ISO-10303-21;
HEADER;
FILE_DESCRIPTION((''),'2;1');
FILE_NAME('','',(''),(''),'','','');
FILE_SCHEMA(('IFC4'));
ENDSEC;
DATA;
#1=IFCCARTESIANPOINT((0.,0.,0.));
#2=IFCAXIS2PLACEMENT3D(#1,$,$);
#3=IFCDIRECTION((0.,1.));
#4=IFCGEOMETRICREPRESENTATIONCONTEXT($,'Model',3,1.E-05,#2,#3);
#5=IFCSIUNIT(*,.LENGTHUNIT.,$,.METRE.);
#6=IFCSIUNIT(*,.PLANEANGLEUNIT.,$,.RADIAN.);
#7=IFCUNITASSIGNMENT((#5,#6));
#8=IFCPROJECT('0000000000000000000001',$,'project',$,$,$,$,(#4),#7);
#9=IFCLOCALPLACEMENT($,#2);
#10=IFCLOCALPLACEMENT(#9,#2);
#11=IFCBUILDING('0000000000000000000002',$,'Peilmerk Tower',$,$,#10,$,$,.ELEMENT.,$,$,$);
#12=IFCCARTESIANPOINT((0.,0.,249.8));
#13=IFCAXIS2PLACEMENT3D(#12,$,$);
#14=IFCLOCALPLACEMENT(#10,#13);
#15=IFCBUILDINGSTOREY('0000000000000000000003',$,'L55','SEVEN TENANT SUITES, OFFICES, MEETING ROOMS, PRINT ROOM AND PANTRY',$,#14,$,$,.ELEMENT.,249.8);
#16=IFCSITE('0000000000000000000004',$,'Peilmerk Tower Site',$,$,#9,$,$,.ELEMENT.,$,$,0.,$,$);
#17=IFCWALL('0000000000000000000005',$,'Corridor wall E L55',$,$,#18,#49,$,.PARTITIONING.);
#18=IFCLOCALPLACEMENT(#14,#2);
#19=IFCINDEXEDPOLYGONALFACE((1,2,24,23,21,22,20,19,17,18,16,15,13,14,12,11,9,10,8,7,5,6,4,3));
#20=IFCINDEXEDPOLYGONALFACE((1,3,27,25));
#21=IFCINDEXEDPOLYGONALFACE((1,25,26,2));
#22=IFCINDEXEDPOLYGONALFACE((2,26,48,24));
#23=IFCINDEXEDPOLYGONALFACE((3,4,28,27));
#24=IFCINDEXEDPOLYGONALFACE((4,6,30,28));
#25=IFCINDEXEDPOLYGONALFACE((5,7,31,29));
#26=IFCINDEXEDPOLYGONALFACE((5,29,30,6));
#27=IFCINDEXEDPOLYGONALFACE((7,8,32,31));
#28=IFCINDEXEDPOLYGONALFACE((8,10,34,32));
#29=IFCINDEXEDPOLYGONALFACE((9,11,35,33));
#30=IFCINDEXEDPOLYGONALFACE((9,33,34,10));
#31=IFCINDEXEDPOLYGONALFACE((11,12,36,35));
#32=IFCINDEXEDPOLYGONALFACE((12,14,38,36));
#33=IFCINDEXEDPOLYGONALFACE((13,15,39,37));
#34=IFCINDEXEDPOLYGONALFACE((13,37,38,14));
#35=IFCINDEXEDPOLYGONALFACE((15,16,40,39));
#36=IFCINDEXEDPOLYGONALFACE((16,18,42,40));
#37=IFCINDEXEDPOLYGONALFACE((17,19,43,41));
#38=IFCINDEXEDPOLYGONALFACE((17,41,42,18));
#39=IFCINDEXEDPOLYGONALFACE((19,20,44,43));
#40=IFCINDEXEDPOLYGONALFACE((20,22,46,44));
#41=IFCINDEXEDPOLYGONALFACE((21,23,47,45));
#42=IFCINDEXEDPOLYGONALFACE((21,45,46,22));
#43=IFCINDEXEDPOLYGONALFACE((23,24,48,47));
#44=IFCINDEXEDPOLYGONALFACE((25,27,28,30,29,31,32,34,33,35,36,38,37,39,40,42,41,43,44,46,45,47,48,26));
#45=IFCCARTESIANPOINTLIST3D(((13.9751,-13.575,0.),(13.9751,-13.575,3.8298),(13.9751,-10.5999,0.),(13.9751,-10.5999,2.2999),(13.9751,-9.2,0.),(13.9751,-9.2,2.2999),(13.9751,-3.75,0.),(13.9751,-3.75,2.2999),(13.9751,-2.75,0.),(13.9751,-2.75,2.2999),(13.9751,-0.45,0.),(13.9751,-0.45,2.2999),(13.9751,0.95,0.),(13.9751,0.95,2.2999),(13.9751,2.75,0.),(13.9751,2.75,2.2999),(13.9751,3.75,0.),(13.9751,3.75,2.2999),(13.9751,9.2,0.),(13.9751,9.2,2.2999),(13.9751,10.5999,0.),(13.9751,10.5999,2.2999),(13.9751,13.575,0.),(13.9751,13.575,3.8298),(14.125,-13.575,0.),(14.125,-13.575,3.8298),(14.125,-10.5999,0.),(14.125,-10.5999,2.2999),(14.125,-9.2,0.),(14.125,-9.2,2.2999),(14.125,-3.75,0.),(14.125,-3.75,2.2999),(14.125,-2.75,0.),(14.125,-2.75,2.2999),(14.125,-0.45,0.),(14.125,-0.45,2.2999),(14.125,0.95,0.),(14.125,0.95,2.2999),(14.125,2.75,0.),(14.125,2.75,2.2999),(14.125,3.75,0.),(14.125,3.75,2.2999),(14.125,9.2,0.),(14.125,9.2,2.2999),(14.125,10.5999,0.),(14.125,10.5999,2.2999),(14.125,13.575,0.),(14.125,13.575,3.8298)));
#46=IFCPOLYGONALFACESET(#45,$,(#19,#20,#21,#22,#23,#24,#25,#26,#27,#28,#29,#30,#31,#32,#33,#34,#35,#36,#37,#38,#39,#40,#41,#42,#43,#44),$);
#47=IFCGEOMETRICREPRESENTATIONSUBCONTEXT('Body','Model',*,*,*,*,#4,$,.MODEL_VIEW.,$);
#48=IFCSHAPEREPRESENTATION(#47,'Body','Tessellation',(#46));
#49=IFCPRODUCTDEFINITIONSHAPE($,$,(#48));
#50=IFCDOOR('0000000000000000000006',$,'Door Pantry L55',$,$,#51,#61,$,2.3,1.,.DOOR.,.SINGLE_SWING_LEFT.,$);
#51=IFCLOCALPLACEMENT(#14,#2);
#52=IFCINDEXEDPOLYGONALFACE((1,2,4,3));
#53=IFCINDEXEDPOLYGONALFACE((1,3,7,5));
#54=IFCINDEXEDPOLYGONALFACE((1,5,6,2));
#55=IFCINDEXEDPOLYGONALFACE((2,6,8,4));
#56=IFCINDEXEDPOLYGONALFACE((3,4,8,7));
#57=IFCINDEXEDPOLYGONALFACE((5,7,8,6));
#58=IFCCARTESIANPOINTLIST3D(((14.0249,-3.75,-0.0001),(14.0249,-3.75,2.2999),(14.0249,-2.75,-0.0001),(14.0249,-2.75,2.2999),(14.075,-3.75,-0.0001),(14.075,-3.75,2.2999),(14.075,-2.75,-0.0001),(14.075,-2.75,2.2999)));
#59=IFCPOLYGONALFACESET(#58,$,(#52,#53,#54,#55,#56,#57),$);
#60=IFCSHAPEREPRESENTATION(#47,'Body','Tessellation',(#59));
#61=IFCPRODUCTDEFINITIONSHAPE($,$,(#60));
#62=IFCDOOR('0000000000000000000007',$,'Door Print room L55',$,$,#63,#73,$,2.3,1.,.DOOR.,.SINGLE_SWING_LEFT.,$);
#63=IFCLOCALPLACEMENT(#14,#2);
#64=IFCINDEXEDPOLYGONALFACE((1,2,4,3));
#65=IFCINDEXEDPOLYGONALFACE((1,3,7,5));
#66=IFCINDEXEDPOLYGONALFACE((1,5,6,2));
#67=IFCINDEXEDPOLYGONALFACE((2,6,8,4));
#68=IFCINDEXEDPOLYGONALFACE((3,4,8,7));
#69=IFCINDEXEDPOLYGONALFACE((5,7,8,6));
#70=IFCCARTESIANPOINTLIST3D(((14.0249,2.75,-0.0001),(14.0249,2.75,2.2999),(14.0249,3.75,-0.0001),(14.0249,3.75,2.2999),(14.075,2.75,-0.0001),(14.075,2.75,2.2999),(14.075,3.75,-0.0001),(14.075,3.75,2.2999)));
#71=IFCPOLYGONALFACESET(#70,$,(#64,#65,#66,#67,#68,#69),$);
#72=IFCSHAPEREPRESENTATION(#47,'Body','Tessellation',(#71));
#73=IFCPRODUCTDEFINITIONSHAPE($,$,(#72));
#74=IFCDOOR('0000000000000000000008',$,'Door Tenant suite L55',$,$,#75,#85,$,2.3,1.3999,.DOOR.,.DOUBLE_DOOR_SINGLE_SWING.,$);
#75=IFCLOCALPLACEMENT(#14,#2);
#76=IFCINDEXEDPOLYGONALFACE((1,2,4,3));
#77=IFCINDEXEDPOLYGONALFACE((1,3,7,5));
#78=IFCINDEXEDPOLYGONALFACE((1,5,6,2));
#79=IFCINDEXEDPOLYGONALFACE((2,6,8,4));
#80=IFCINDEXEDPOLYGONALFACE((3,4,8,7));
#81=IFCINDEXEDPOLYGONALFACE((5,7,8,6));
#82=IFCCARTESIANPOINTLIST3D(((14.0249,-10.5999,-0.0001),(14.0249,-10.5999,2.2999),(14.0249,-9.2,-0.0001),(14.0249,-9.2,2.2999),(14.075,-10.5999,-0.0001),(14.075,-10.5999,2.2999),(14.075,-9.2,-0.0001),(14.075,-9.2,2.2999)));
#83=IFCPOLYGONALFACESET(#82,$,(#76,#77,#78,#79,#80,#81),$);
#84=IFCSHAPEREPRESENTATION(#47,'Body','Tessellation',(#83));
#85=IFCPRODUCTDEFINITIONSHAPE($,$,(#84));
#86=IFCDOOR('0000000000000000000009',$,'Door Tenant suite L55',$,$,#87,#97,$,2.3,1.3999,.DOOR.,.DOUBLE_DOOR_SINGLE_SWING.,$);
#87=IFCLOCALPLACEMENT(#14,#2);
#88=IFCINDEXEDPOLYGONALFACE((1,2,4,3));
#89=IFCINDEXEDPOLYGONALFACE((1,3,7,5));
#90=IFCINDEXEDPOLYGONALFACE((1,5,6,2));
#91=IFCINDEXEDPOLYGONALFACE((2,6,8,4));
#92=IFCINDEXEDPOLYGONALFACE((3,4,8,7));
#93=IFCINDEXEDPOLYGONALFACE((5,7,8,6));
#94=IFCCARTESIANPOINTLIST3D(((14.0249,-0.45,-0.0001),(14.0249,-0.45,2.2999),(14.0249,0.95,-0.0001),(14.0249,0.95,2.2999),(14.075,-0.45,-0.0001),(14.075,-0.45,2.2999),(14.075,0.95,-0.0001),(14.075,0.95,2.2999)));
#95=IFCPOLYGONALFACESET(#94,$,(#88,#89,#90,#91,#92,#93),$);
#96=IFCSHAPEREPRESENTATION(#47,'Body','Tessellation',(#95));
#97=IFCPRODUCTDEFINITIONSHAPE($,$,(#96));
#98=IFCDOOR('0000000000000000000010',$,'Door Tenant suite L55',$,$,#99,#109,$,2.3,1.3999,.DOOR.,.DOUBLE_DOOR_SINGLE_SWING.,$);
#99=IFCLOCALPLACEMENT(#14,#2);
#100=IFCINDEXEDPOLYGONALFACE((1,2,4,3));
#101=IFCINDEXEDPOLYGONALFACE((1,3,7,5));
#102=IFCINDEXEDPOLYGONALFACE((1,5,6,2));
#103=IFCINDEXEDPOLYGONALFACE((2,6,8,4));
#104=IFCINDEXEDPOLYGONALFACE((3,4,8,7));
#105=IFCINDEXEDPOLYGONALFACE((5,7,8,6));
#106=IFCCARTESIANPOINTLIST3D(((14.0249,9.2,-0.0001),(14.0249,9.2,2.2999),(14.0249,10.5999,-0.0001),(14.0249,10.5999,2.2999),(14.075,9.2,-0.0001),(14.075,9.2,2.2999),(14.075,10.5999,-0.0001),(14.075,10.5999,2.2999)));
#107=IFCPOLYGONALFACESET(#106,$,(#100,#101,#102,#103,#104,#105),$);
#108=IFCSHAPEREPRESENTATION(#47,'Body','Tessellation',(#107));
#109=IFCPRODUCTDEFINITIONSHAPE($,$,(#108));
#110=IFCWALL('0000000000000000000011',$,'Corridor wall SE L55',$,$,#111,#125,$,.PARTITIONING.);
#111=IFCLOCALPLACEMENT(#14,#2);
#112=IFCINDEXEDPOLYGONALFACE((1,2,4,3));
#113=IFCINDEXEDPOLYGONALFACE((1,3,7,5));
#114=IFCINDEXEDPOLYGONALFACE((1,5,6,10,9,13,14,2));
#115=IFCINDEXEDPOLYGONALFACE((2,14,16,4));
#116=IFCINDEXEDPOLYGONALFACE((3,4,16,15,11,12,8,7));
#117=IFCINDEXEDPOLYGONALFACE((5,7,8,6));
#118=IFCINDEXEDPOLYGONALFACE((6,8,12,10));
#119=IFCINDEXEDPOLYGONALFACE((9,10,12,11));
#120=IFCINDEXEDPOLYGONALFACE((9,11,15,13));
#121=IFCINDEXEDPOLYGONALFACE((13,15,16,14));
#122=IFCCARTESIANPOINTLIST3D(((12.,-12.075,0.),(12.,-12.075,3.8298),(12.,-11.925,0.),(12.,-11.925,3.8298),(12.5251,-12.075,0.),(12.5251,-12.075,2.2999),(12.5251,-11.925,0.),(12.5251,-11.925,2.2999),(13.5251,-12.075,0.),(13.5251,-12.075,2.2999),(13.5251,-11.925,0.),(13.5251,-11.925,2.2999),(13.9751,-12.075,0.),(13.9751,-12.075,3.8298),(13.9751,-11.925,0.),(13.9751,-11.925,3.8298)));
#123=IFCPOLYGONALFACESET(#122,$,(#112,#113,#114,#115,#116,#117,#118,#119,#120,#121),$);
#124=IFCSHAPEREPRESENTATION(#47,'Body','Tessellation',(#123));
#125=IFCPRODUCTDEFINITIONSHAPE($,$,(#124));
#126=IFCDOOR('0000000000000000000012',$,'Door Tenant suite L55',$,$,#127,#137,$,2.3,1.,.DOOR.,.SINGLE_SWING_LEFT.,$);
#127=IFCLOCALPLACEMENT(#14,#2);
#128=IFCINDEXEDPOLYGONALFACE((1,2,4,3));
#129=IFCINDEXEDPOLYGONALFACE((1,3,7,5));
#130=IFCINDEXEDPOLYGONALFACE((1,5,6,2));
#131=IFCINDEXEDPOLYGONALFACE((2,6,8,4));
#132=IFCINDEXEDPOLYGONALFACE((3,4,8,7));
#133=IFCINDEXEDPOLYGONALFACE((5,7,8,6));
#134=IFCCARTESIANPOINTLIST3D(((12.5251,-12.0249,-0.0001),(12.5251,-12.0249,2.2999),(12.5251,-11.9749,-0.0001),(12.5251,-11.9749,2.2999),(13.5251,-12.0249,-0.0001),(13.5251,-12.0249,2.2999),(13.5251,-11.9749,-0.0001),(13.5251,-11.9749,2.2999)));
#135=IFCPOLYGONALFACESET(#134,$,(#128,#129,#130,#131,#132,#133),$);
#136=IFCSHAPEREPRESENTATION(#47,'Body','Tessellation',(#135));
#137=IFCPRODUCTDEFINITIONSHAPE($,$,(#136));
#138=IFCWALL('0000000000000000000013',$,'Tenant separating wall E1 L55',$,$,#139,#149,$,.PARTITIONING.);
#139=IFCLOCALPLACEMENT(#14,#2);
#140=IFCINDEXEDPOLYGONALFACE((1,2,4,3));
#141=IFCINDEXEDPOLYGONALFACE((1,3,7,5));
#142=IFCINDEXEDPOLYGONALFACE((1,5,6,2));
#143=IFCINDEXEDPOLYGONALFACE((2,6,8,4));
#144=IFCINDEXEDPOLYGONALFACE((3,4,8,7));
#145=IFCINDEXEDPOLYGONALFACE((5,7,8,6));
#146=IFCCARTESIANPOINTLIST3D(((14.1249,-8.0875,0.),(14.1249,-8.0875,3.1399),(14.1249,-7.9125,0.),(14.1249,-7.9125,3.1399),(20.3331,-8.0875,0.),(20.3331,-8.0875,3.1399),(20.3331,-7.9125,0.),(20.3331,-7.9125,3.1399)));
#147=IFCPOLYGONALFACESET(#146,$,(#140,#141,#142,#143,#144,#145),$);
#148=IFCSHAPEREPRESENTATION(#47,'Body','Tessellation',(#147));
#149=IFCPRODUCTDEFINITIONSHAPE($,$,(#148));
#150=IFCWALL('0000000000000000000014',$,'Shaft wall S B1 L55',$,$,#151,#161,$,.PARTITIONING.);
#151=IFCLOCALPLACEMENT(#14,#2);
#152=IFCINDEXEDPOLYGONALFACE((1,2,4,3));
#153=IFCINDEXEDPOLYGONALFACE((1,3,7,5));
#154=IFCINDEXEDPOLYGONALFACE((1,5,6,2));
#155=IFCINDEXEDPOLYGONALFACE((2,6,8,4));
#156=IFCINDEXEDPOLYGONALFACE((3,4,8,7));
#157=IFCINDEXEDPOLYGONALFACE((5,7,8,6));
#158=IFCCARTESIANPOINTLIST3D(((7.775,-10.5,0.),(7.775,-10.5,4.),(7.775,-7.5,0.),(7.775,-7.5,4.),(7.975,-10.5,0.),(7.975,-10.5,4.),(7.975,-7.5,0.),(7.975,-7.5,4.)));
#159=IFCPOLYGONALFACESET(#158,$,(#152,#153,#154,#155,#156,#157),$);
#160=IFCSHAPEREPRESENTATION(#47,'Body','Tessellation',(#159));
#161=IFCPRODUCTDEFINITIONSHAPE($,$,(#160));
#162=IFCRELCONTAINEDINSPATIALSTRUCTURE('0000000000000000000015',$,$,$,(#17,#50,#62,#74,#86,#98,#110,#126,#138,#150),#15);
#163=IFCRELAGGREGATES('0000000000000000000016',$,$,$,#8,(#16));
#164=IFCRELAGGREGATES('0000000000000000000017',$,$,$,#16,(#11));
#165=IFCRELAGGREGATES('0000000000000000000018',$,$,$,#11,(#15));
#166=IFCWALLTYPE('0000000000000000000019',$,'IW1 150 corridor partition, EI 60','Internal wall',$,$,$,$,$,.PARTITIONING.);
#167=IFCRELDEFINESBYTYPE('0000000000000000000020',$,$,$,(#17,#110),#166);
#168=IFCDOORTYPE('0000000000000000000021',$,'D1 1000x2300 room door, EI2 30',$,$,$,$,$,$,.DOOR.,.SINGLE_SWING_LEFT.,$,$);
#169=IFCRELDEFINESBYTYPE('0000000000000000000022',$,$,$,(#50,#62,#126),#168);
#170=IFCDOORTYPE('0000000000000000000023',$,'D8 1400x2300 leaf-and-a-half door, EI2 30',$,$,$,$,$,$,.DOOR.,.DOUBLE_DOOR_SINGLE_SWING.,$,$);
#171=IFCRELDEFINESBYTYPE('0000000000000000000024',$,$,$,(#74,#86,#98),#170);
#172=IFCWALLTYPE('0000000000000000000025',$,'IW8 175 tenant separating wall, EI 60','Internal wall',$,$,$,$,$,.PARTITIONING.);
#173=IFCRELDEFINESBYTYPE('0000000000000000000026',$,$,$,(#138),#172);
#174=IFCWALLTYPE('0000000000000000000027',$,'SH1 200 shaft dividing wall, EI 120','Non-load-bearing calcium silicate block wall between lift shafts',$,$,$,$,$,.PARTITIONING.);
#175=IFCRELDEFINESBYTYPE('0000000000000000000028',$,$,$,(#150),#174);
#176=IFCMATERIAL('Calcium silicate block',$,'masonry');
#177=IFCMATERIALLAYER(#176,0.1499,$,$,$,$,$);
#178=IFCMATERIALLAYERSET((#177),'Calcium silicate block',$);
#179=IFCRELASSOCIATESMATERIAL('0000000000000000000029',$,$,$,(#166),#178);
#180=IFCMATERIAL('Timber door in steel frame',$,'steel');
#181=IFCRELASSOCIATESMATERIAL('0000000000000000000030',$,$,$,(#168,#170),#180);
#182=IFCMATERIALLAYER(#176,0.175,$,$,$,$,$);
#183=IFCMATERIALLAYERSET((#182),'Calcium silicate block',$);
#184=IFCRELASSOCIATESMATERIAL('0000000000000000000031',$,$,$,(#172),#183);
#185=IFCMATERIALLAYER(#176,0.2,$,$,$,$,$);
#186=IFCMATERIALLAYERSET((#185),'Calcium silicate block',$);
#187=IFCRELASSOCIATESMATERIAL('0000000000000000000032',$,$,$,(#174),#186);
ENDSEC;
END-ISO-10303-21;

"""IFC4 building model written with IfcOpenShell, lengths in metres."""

from ifc_helpers import new_model, si_unit, direction, frame, frame_2d, origin, place, context, subcontext, project, spatial, rectangle, extrude, material, layer, layer_set, type_object, element, fill, save


model = new_model("IFC4")

# Units and contexts
model_context = context("Model", 3, precision=1e-05, world=origin(), true_north=direction((0.0, 1.0)))
body_context = subcontext(model_context, "Body", "Model", "MODEL_VIEW")
ifc_project = project(units=[si_unit("LENGTHUNIT", "METRE"), si_unit("PLANEANGLEUNIT", "RADIAN")], contexts=[model_context])

# Site, building, storey
site_placement = place(None, origin())
site = spatial("IfcSite", under=ifc_project, at=site_placement, Name="Peilmerk Tower Site", CompositionType="ELEMENT", RefElevation=0.0)
building_placement = place(site_placement, origin())
building = spatial("IfcBuilding", under=site, at=building_placement, Name="Peilmerk Tower", CompositionType="ELEMENT")
storey_placement = place(building_placement, frame((0.0, 0.0, 249.8)))
storey = spatial("IfcBuildingStorey", under=building, at=storey_placement, Name="L55", Description="SEVEN TENANT SUITES, OFFICES, MEETING ROOMS, PRINT ROOM AND PANTRY", CompositionType="ELEMENT", Elevation=249.8)

# Wall, openings, doors
ifc_material_1 = material(Name="Calcium silicate block", Category="masonry")
ifc_layer_1 = layer(ifc_material_1, 0.1499)
ifc_layer_set_1 = layer_set([ifc_layer_1], Name="Calcium silicate block")
wall_type_1 = type_object("IfcWallType", Name="IW1 150 corridor partition, EI 60", Description="Internal wall", PredefinedType="PARTITIONING", material=ifc_layer_set_1)
wall_1_placement = place(storey_placement, frame((14.05, -13.575, 0.0), z_axis=(0.0, 0.0, 1.0), x_axis=(0.0, 1.0, 0.0)))
wall_1 = element("IfcWall", 1, at=wall_1_placement, inside=storey, type_object=wall_type_1, Name="Corridor wall E L55", PredefinedType="PARTITIONING", context=body_context, shape_type="SweptSolid", body=[
    extrude(rectangle(XDim=27.1499, YDim=0.1499, at=frame_2d((13.575, 0.0))), origin(), (0.0, 0.0, 1.0), 3.8298),
])
opening_1_placement = place(wall_1_placement, frame((2.9751, 0.0, 0.0)))
opening_1 = element("IfcOpeningElement", 2, at=opening_1_placement, cuts=wall_1, PredefinedType="OPENING", context=body_context, shape_type="SweptSolid", body=[
    extrude(rectangle(XDim=1.3999, YDim=2.3, at=frame_2d((0.7, 1.1499))), frame((0.0, 0.085, 0.0), z_axis=(0.0, -1.0, 0.0), x_axis=(1.0, 0.0, 0.0)), (0.0, 0.0, 1.0), 0.1699),
])
opening_2_placement = place(wall_1_placement, frame((13.125, 0.0, 0.0)))
opening_2 = element("IfcOpeningElement", 3, at=opening_2_placement, cuts=wall_1, PredefinedType="OPENING", context=body_context, shape_type="SweptSolid", body=[
    extrude(rectangle(XDim=1.3999, YDim=2.3, at=frame_2d((0.7, 1.1499))), frame((0.0, 0.085, 0.0), z_axis=(0.0, -1.0, 0.0), x_axis=(1.0, 0.0, 0.0)), (0.0, 0.0, 1.0), 0.1699),
])
opening_3_placement = place(wall_1_placement, frame((22.7749, 0.0, 0.0)))
opening_3 = element("IfcOpeningElement", 4, at=opening_3_placement, cuts=wall_1, PredefinedType="OPENING", context=body_context, shape_type="SweptSolid", body=[
    extrude(rectangle(XDim=1.3999, YDim=2.3, at=frame_2d((0.7, 1.1499))), frame((0.0, 0.085, 0.0), z_axis=(0.0, -1.0, 0.0), x_axis=(1.0, 0.0, 0.0)), (0.0, 0.0, 1.0), 0.1699),
])
opening_4_placement = place(wall_1_placement, frame((9.825, 0.0, 0.0)))
opening_4 = element("IfcOpeningElement", 5, at=opening_4_placement, cuts=wall_1, PredefinedType="OPENING", context=body_context, shape_type="SweptSolid", body=[
    extrude(rectangle(XDim=1.0, YDim=2.3, at=frame_2d((0.5, 1.1499))), frame((0.0, 0.085, 0.0), z_axis=(0.0, -1.0, 0.0), x_axis=(1.0, 0.0, 0.0)), (0.0, 0.0, 1.0), 0.1699),
])
opening_5_placement = place(wall_1_placement, frame((16.325, 0.0, 0.0)))
opening_5 = element("IfcOpeningElement", 6, at=opening_5_placement, cuts=wall_1, PredefinedType="OPENING", context=body_context, shape_type="SweptSolid", body=[
    extrude(rectangle(XDim=1.0, YDim=2.3, at=frame_2d((0.5, 1.1499))), frame((0.0, 0.085, 0.0), z_axis=(0.0, -1.0, 0.0), x_axis=(1.0, 0.0, 0.0)), (0.0, 0.0, 1.0), 0.1699),
])
ifc_material_2 = material(Name="Timber door in steel frame", Category="steel")
door_type_1 = type_object("IfcDoorType", Name="D1 1000x2300 room door, EI2 30", OperationType="SINGLE_SWING_LEFT", PredefinedType="DOOR", material=ifc_material_2)
door_1_placement = place(opening_4_placement, frame((1.0, 0.0, 0.0), z_axis=(0.0, 0.0, 1.0), x_axis=(-1.0, 0.0, 0.0)))
door_1 = element("IfcDoor", 7, at=door_1_placement, inside=storey, type_object=door_type_1, Name="Door Pantry L55", OperationType="SINGLE_SWING_LEFT", OverallHeight=2.3, OverallWidth=1.0, PredefinedType="DOOR", context=body_context, shape_type="SweptSolid", body=[
    extrude(rectangle(XDim=1.0, YDim=2.3, at=frame_2d((0.5, 1.1499))), frame((0.0, 0.0249, 0.0), z_axis=(0.0, -1.0, 0.0), x_axis=(1.0, 0.0, 0.0)), (0.0, 0.0, 1.0), 0.05),
])
fill(opening_4, door_1)
door_2_placement = place(opening_5_placement, frame((1.0, 0.0, 0.0), z_axis=(0.0, 0.0, 1.0), x_axis=(-1.0, 0.0, 0.0)))
door_2 = element("IfcDoor", 8, at=door_2_placement, inside=storey, type_object=door_type_1, Name="Door Print room L55", OperationType="SINGLE_SWING_LEFT", OverallHeight=2.3, OverallWidth=1.0, PredefinedType="DOOR", context=body_context, shape_type="SweptSolid", body=[
    extrude(rectangle(XDim=1.0, YDim=2.3, at=frame_2d((0.5, 1.1499))), frame((0.0, 0.0249, 0.0), z_axis=(0.0, -1.0, 0.0), x_axis=(1.0, 0.0, 0.0)), (0.0, 0.0, 1.0), 0.05),
])
fill(opening_5, door_2)
door_type_2 = type_object("IfcDoorType", Name="D8 1400x2300 leaf-and-a-half door, EI2 30", OperationType="DOUBLE_DOOR_SINGLE_SWING", PredefinedType="DOOR", material=ifc_material_2)
door_3_placement = place(opening_1_placement, frame((1.3999, 0.0, 0.0), z_axis=(0.0, 0.0, 1.0), x_axis=(-1.0, 0.0, 0.0)))
door_3 = element("IfcDoor", 9, at=door_3_placement, inside=storey, type_object=door_type_2, Name="Door Tenant suite L55", OperationType="DOUBLE_DOOR_SINGLE_SWING", OverallHeight=2.3, OverallWidth=1.3999, PredefinedType="DOOR", context=body_context, shape_type="SweptSolid", body=[
    extrude(rectangle(XDim=1.3999, YDim=2.3, at=frame_2d((0.7, 1.1499))), frame((0.0, 0.0249, 0.0), z_axis=(0.0, -1.0, 0.0), x_axis=(1.0, 0.0, 0.0)), (0.0, 0.0, 1.0), 0.05),
])
fill(opening_1, door_3)
door_4_placement = place(opening_2_placement, frame((1.3999, 0.0, 0.0), z_axis=(0.0, 0.0, 1.0), x_axis=(-1.0, 0.0, 0.0)))
door_4 = element("IfcDoor", 10, at=door_4_placement, inside=storey, type_object=door_type_2, Name="Door Tenant suite L55", OperationType="DOUBLE_DOOR_SINGLE_SWING", OverallHeight=2.3, OverallWidth=1.3999, PredefinedType="DOOR", context=body_context, shape_type="SweptSolid", body=[
    extrude(rectangle(XDim=1.3999, YDim=2.3, at=frame_2d((0.7, 1.1499))), frame((0.0, 0.0249, 0.0), z_axis=(0.0, -1.0, 0.0), x_axis=(1.0, 0.0, 0.0)), (0.0, 0.0, 1.0), 0.05),
])
fill(opening_2, door_4)
door_5_placement = place(opening_3_placement, frame((1.3999, 0.0, 0.0), z_axis=(0.0, 0.0, 1.0), x_axis=(-1.0, 0.0, 0.0)))
door_5 = element("IfcDoor", 11, at=door_5_placement, inside=storey, type_object=door_type_2, Name="Door Tenant suite L55", OperationType="DOUBLE_DOOR_SINGLE_SWING", OverallHeight=2.3, OverallWidth=1.3999, PredefinedType="DOOR", context=body_context, shape_type="SweptSolid", body=[
    extrude(rectangle(XDim=1.3999, YDim=2.3, at=frame_2d((0.7, 1.1499))), frame((0.0, 0.0249, 0.0), z_axis=(0.0, -1.0, 0.0), x_axis=(1.0, 0.0, 0.0)), (0.0, 0.0, 1.0), 0.05),
])
fill(opening_3, door_5)

# Wall, opening, door
wall_2_placement = place(storey_placement, frame((13.9751, -12.0, 0.0), z_axis=(0.0, 0.0, 1.0), x_axis=(-1.0, 0.0, 0.0)))
wall_2 = element("IfcWall", 12, at=wall_2_placement, inside=storey, type_object=wall_type_1, Name="Corridor wall SE L55", PredefinedType="PARTITIONING", context=body_context, shape_type="SweptSolid", body=[
    extrude(rectangle(XDim=1.9751, YDim=0.1499, at=frame_2d((0.9875, 0.0))), origin(), (0.0, 0.0, 1.0), 3.8298),
])
opening_6_placement = place(wall_2_placement, frame((0.45, 0.0, 0.0)))
opening_6 = element("IfcOpeningElement", 13, at=opening_6_placement, cuts=wall_2, PredefinedType="OPENING", context=body_context, shape_type="SweptSolid", body=[
    extrude(rectangle(XDim=1.0, YDim=2.3, at=frame_2d((0.5, 1.1499))), frame((0.0, 0.085, 0.0), z_axis=(0.0, -1.0, 0.0), x_axis=(1.0, 0.0, 0.0)), (0.0, 0.0, 1.0), 0.1699),
])
door_6_placement = place(opening_6_placement, origin())
door_6 = element("IfcDoor", 14, at=door_6_placement, inside=storey, type_object=door_type_1, Name="Door Tenant suite L55", OperationType="SINGLE_SWING_LEFT", OverallHeight=2.3, OverallWidth=1.0, PredefinedType="DOOR", context=body_context, shape_type="SweptSolid", body=[
    extrude(rectangle(XDim=1.0, YDim=2.3, at=frame_2d((0.5, 1.1499))), frame((0.0, 0.0249, 0.0), z_axis=(0.0, -1.0, 0.0), x_axis=(1.0, 0.0, 0.0)), (0.0, 0.0, 1.0), 0.05),
])
fill(opening_6, door_6)

# Walls
ifc_layer_2 = layer(ifc_material_1, 0.175)
ifc_layer_set_2 = layer_set([ifc_layer_2], Name="Calcium silicate block")
wall_type_2 = type_object("IfcWallType", Name="IW8 175 tenant separating wall, EI 60", Description="Internal wall", PredefinedType="PARTITIONING", material=ifc_layer_set_2)
wall_3_placement = place(storey_placement, frame((14.125, -8.0, 0.0), z_axis=(0.0, 0.0, 1.0), x_axis=(1.0, 0.0, 0.0)))
element("IfcWall", 15, at=wall_3_placement, inside=storey, type_object=wall_type_2, Name="Tenant separating wall E1 L55", PredefinedType="PARTITIONING", context=body_context, shape_type="SweptSolid", body=[
    extrude(rectangle(XDim=6.2083, YDim=0.175, at=frame_2d((3.104, 0.0))), origin(), (0.0, 0.0, 1.0), 3.1399),
])
ifc_layer_3 = layer(ifc_material_1, 0.2)
ifc_layer_set_3 = layer_set([ifc_layer_3], Name="Calcium silicate block")
wall_type_3 = type_object("IfcWallType", Name="SH1 200 shaft dividing wall, EI 120", Description="Non-load-bearing calcium silicate block wall between lift shafts", PredefinedType="PARTITIONING", material=ifc_layer_set_3)
wall_4_placement = place(storey_placement, frame((7.875, -10.5, 0.0), z_axis=(0.0, 0.0, 1.0), x_axis=(0.0, 1.0, 0.0)))
element("IfcWall", 16, at=wall_4_placement, inside=storey, type_object=wall_type_3, Name="Shaft wall S B1 L55", PredefinedType="PARTITIONING", context=body_context, shape_type="SweptSolid", body=[
    extrude(rectangle(XDim=3.0, YDim=0.2, at=frame_2d((1.5, 0.0))), origin(), (0.0, 0.0, 1.0), 4.0),
])

save(model, "model.ifc")
